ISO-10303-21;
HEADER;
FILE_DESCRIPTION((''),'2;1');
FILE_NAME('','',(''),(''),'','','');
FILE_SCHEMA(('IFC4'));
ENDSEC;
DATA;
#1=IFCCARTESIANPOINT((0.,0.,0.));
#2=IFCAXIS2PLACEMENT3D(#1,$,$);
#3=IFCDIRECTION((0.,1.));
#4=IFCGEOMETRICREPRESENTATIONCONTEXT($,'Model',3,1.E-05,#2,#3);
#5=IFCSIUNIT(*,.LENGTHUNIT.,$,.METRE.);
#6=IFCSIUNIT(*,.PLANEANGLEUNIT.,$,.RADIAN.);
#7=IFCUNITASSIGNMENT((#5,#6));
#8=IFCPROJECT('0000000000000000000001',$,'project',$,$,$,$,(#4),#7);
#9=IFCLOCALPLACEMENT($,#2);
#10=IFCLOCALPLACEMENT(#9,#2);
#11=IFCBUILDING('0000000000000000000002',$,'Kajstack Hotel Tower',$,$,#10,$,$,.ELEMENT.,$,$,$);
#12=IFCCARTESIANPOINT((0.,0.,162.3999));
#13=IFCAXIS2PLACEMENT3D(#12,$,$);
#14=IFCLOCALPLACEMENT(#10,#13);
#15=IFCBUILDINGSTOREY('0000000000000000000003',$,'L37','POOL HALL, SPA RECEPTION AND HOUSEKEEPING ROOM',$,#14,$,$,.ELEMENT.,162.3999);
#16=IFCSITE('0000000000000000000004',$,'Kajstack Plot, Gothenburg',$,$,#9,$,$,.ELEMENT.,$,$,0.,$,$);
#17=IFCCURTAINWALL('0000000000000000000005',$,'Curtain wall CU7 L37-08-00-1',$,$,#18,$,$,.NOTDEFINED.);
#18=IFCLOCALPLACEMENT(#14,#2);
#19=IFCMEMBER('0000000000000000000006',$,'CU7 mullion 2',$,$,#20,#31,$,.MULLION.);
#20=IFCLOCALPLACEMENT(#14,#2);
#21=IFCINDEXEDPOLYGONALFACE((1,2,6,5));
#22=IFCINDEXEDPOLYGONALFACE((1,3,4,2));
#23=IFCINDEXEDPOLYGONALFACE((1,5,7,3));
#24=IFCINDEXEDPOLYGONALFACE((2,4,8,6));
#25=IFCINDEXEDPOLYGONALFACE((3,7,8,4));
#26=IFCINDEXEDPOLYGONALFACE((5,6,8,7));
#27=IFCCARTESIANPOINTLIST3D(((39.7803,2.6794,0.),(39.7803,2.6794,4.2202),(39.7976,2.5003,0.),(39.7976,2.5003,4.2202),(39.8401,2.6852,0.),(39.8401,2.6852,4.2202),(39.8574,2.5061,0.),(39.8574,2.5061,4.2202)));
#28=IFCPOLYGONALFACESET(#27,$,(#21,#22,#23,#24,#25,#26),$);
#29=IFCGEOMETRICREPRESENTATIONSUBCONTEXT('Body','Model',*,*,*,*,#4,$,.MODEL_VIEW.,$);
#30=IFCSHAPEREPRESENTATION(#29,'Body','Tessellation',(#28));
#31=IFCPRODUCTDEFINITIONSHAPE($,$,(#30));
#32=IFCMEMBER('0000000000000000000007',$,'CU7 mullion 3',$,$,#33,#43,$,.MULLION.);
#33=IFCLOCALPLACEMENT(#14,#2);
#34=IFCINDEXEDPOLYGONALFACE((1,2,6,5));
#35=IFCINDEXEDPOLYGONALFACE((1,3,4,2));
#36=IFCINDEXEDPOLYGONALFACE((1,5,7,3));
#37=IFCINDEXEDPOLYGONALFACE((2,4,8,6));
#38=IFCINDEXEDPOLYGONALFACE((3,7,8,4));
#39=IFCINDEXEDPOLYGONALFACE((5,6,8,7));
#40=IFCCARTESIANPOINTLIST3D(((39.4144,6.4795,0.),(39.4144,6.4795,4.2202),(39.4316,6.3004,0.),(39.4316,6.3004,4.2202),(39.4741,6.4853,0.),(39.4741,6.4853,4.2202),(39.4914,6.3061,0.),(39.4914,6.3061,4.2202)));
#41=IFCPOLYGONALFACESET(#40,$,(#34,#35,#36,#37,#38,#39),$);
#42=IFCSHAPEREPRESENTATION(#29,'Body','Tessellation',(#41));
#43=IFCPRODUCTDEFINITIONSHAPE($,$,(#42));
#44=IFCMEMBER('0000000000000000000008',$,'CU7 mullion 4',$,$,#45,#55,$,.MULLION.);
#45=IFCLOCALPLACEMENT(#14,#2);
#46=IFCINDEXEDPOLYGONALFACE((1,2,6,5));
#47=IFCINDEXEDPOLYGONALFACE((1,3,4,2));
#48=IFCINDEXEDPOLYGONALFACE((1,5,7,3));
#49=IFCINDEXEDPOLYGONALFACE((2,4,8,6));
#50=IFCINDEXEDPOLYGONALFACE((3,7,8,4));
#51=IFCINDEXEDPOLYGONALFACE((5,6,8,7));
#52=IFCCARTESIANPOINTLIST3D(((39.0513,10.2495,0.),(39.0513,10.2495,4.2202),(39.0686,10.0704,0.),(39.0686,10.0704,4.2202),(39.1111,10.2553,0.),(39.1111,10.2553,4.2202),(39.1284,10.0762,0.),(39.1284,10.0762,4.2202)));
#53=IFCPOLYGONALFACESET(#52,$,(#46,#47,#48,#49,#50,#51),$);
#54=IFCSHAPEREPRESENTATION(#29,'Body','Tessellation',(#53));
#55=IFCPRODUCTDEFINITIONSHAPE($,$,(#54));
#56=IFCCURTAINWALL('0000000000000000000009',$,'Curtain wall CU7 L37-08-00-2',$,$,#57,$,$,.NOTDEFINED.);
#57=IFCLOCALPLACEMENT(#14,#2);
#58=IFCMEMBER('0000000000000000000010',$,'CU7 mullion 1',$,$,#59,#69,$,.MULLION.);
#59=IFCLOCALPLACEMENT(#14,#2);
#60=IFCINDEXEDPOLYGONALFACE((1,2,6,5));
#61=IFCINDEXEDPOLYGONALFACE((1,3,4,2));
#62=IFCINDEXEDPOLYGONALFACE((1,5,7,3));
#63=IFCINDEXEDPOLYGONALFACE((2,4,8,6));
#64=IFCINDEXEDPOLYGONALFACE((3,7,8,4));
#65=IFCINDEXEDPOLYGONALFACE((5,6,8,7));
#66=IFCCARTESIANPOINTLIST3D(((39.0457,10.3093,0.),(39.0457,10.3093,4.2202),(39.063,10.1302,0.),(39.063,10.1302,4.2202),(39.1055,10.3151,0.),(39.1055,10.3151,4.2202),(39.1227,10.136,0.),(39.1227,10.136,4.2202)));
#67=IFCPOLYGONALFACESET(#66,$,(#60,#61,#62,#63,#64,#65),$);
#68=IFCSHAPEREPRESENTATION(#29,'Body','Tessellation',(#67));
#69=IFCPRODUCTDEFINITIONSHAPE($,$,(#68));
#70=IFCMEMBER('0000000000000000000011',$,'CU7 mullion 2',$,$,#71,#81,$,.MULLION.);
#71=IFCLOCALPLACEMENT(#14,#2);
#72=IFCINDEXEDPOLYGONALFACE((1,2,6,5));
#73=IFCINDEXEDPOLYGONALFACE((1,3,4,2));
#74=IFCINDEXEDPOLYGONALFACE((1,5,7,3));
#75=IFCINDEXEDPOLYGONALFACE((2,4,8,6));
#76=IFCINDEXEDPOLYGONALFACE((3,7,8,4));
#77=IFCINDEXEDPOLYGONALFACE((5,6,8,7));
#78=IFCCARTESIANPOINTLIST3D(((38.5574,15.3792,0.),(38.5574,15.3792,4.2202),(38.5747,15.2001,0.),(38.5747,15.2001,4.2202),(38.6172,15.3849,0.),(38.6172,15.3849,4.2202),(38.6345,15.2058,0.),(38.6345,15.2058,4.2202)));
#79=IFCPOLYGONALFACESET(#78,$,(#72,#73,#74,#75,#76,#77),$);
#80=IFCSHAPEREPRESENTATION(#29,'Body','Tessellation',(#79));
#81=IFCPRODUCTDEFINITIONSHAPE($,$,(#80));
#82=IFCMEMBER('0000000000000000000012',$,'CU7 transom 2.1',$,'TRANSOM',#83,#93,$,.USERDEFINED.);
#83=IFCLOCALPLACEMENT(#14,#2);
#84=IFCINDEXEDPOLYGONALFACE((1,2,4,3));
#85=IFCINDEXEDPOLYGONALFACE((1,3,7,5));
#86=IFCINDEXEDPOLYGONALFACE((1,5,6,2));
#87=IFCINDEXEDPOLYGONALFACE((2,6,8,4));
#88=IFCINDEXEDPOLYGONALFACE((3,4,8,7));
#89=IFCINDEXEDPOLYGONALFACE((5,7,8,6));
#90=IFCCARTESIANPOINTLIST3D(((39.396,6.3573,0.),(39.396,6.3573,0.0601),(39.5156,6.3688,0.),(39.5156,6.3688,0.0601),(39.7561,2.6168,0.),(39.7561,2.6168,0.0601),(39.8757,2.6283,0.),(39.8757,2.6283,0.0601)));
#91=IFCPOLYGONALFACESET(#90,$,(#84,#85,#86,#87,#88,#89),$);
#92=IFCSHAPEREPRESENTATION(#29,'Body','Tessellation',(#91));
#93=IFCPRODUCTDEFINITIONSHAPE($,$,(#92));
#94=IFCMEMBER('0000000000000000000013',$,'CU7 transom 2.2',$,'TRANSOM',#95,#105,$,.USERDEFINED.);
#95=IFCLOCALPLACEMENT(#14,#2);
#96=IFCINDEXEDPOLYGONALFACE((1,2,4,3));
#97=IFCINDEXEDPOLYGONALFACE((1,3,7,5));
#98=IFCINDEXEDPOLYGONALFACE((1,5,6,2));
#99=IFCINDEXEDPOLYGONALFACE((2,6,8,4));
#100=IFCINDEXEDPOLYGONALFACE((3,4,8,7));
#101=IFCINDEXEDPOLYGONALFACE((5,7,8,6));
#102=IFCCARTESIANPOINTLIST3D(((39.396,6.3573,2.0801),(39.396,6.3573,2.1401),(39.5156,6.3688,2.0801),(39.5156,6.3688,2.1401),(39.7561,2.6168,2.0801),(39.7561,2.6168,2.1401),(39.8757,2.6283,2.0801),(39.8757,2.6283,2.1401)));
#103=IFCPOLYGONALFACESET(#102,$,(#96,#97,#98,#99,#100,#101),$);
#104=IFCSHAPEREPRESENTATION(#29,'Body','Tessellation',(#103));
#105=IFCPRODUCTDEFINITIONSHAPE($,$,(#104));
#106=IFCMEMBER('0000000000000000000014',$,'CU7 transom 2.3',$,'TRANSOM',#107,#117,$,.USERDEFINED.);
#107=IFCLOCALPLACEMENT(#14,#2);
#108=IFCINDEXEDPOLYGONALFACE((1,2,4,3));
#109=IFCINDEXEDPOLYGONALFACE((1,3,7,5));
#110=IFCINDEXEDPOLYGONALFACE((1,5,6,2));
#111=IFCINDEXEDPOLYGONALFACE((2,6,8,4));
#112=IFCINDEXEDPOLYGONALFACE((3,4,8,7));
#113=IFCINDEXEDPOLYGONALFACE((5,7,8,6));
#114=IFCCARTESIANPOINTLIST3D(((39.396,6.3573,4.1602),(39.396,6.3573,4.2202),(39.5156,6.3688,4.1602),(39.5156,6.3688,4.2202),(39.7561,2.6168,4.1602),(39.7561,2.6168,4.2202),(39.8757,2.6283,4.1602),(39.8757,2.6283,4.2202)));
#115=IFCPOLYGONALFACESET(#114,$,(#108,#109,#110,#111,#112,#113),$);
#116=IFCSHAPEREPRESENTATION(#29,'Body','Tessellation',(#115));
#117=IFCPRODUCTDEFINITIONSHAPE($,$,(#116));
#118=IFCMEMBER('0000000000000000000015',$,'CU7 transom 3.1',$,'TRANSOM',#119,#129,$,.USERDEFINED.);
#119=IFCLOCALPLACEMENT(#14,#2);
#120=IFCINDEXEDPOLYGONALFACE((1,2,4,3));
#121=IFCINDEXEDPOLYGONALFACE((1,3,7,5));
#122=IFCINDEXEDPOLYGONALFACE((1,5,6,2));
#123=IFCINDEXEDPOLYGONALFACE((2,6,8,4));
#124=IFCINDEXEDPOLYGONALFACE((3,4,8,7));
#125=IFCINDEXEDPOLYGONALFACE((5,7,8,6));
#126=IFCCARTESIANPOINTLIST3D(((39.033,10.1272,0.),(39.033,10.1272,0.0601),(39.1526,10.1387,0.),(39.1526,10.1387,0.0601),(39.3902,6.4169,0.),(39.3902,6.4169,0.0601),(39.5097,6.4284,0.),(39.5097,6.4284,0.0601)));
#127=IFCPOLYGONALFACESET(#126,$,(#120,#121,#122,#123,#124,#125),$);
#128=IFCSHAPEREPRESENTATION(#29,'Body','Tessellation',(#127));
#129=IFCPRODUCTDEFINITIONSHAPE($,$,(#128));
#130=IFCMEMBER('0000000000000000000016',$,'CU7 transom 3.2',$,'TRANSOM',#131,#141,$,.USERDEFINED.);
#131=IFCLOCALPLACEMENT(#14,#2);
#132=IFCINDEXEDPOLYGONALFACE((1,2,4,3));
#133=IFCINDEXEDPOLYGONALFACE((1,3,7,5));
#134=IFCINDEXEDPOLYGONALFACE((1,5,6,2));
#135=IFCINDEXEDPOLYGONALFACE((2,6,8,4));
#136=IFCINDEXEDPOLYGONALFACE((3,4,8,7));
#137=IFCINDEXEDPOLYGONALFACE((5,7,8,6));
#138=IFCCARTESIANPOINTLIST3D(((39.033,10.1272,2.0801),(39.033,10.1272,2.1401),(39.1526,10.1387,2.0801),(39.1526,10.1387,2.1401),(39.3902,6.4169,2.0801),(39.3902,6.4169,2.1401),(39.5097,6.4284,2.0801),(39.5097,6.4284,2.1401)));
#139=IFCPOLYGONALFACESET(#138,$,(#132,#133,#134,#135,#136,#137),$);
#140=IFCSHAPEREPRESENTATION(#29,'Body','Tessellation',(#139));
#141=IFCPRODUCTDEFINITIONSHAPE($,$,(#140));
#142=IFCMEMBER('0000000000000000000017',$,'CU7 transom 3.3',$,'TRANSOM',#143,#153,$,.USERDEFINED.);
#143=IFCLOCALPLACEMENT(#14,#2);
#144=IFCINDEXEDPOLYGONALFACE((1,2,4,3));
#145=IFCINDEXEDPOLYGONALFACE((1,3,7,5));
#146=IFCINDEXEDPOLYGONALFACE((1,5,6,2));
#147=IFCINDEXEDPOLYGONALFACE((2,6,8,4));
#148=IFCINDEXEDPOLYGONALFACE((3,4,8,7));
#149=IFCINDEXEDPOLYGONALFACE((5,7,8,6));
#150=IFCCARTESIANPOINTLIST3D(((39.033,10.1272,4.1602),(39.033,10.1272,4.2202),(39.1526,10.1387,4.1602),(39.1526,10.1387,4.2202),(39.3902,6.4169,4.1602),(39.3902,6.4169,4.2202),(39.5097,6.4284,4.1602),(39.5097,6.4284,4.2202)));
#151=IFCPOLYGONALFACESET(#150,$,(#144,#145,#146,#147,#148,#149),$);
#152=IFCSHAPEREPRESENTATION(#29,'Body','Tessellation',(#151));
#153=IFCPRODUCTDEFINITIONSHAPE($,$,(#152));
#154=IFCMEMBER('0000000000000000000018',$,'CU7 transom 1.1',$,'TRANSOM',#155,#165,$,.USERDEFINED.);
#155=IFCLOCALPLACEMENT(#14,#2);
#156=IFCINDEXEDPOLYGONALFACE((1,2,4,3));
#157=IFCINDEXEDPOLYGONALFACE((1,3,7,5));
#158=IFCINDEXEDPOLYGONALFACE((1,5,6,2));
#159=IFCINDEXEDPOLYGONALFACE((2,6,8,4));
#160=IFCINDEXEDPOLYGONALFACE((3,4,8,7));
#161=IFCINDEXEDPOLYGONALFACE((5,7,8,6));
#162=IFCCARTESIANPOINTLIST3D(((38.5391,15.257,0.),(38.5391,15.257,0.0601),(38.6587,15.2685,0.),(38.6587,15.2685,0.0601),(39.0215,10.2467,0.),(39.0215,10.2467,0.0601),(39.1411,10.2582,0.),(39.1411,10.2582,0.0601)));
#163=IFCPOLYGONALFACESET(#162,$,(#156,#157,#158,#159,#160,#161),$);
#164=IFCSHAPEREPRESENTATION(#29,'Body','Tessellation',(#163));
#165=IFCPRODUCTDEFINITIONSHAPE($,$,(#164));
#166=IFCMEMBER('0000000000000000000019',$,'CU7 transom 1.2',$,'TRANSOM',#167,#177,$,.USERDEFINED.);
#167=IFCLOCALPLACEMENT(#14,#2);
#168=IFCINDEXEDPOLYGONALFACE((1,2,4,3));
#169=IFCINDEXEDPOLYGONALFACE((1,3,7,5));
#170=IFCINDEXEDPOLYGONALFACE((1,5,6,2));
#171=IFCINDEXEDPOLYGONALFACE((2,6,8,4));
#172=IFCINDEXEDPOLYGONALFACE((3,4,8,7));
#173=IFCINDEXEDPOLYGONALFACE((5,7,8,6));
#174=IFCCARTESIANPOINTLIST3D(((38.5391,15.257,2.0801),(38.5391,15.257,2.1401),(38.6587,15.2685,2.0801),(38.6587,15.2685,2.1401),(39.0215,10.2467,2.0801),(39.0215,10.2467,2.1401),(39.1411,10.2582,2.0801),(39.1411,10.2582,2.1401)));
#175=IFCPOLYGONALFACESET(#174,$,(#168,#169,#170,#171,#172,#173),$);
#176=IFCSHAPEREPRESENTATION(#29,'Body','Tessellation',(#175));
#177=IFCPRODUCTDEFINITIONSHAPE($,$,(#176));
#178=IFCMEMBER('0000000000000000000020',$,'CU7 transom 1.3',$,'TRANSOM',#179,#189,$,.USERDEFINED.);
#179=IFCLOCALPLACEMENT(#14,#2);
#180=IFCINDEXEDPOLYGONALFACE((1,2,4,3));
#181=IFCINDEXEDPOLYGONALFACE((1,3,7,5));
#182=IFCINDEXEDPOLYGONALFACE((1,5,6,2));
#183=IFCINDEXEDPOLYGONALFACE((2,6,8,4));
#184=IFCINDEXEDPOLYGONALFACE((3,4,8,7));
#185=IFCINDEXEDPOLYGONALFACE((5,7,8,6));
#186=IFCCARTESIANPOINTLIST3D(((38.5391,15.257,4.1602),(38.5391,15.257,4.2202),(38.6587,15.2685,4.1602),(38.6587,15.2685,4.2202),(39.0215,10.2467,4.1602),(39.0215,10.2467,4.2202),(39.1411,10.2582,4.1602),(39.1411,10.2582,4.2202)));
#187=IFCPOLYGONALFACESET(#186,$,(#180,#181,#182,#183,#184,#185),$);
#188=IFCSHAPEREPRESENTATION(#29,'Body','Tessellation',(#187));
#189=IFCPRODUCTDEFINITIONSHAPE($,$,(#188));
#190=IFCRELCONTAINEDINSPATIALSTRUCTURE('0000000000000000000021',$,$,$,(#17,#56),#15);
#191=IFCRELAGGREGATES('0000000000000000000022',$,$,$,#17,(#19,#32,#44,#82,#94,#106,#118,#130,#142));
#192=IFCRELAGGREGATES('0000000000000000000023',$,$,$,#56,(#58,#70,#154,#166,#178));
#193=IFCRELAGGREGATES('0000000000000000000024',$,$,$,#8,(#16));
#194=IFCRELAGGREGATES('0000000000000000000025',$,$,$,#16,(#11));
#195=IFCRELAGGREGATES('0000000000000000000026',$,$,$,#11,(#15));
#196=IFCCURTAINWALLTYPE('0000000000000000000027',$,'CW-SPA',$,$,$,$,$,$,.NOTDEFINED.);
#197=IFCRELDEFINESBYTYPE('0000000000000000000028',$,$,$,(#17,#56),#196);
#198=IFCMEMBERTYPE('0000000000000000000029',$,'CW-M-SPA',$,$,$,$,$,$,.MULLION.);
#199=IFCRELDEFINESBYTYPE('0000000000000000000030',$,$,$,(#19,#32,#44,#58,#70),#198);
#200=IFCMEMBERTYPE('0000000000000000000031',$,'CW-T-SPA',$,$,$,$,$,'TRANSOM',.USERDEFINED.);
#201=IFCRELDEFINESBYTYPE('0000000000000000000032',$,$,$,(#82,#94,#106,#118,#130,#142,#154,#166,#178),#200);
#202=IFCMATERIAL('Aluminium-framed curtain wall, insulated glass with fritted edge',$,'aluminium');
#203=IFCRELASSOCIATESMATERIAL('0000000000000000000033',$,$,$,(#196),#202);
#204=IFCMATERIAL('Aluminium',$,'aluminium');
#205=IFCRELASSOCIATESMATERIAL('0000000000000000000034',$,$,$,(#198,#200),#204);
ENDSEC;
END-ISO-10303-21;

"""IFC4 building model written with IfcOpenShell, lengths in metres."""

from ifc_helpers import new_model, si_unit, direction, frame, origin, origin_2d, place, context, subcontext, project, spatial, rectangle, extrude, material, material_profile, profile_set, type_object, element, aggregate, save


model = new_model("IFC4")

# Units and contexts
model_context = context("Model", 3, precision=1e-05, world=origin(), true_north=direction((0.0, 1.0)))
body_context = subcontext(model_context, "Body", "Model", "MODEL_VIEW")
ifc_project = project(units=[si_unit("LENGTHUNIT", "METRE"), si_unit("PLANEANGLEUNIT", "RADIAN")], contexts=[model_context])

# Site, building, storey
site_placement = place(None, origin())
site = spatial("IfcSite", under=ifc_project, at=site_placement, Name="Kajstack Plot, Gothenburg", CompositionType="ELEMENT", RefElevation=0.0)
building_placement = place(site_placement, origin())
building = spatial("IfcBuilding", under=site, at=building_placement, Name="Kajstack Hotel Tower", CompositionType="ELEMENT")
storey_placement = place(building_placement, frame((0.0, 0.0, 162.3999)))
storey = spatial("IfcBuildingStorey", under=building, at=storey_placement, Name="L37", Description="POOL HALL, SPA RECEPTION AND HOUSEKEEPING ROOM", CompositionType="ELEMENT", Elevation=162.3999)

# Curtain walls, members
ifc_material_1 = material(Name="Aluminium-framed curtain wall, insulated glass with fritted edge", Category="aluminium")
curtain_wall_type = type_object("IfcCurtainWallType", Name="CW-SPA", PredefinedType="NOTDEFINED", material=ifc_material_1)
curtain_wall_1_placement = place(storey_placement, origin())
curtain_wall_1 = element("IfcCurtainWall", 1, at=curtain_wall_1_placement, inside=storey, type_object=curtain_wall_type, Name="Curtain wall CU7 L37-08-00-1", PredefinedType="NOTDEFINED")
ifc_material_2 = material(Name="Aluminium", Category="aluminium")
ifc_material_profile_1 = material_profile(ifc_material_2, rectangle(XDim=0.0601, YDim=0.1799, at=origin_2d()), Name="Aluminium mullion 60 x 180")
ifc_profile_set_1 = profile_set([ifc_material_profile_1], Name="Aluminium")
member_type_1 = type_object("IfcMemberType", Name="CW-M-SPA", PredefinedType="MULLION", material=ifc_profile_set_1)
member_1_placement = place(storey_placement, frame((39.8188, 2.5928, 0.0), z_axis=(0.0, 0.0, 1.0), x_axis=(-0.995396, -0.095844, 0.0)))
member_1 = element("IfcMember", 2, at=member_1_placement, type_object=member_type_1, Name="CU7 mullion 2", PredefinedType="MULLION", context=body_context, shape_type="SweptSolid", body=[
    extrude(rectangle(XDim=0.0601, YDim=0.1799, at=origin_2d()), origin(), (0.0, 0.0, 1.0), 4.2202),
])
member_2_placement = place(storey_placement, frame((39.4529, 6.3928, 0.0), z_axis=(0.0, 0.0, 1.0), x_axis=(-0.995396, -0.095844, 0.0)))
member_2 = element("IfcMember", 3, at=member_2_placement, type_object=member_type_1, Name="CU7 mullion 3", PredefinedType="MULLION", context=body_context, shape_type="SweptSolid", body=[
    extrude(rectangle(XDim=0.0601, YDim=0.1799, at=origin_2d()), origin(), (0.0, 0.0, 1.0), 4.2202),
])
member_3_placement = place(storey_placement, frame((39.0898, 10.1628, 0.0), z_axis=(0.0, 0.0, 1.0), x_axis=(-0.995396, -0.095844, 0.0)))
member_3 = element("IfcMember", 4, at=member_3_placement, type_object=member_type_1, Name="CU7 mullion 4", PredefinedType="MULLION", context=body_context, shape_type="SweptSolid", body=[
    extrude(rectangle(XDim=0.0601, YDim=0.1799, at=origin_2d()), origin(), (0.0, 0.0, 1.0), 4.2202),
])
curtain_wall_2_placement = place(storey_placement, origin())
curtain_wall_2 = element("IfcCurtainWall", 5, at=curtain_wall_2_placement, inside=storey, type_object=curtain_wall_type, Name="Curtain wall CU7 L37-08-00-2", PredefinedType="NOTDEFINED")
member_4_placement = place(storey_placement, frame((39.0842, 10.2227, 0.0), z_axis=(0.0, 0.0, 1.0), x_axis=(-0.995396, -0.095844, 0.0)))
member_4 = element("IfcMember", 6, at=member_4_placement, type_object=member_type_1, Name="CU7 mullion 1", PredefinedType="MULLION", context=body_context, shape_type="SweptSolid", body=[
    extrude(rectangle(XDim=0.0601, YDim=0.1799, at=origin_2d()), origin(), (0.0, 0.0, 1.0), 4.2202),
])
member_5_placement = place(storey_placement, frame((38.5959, 15.2925, 0.0), z_axis=(0.0, 0.0, 1.0), x_axis=(-0.995396, -0.095844, 0.0)))
member_5 = element("IfcMember", 7, at=member_5_placement, type_object=member_type_1, Name="CU7 mullion 2", PredefinedType="MULLION", context=body_context, shape_type="SweptSolid", body=[
    extrude(rectangle(XDim=0.0601, YDim=0.1799, at=origin_2d()), origin(), (0.0, 0.0, 1.0), 4.2202),
])

# Members
ifc_material_profile_2 = material_profile(ifc_material_2, rectangle(XDim=0.1201, YDim=0.0601, at=origin_2d()), Name="Aluminium transom 120 x 60")
ifc_profile_set_2 = profile_set([ifc_material_profile_2], Name="Aluminium")
member_type_2 = type_object("IfcMemberType", Name="CW-T-SPA", ElementType="TRANSOM", PredefinedType="USERDEFINED", material=ifc_profile_set_2)
member_6_placement = place(storey_placement, frame((39.8159, 2.6226, 0.03), z_axis=(-0.09583, 0.995398, 0.0), x_axis=(-0.995398, -0.09583, 0.0)))
member_6 = element("IfcMember", 8, at=member_6_placement, type_object=member_type_2, Name="CU7 transom 2.1", ObjectType="TRANSOM", PredefinedType="USERDEFINED", context=body_context, shape_type="SweptSolid", body=[
    extrude(rectangle(XDim=0.1201, YDim=0.0601, at=origin_2d()), origin(), (0.0, 0.0, 1.0), 3.7578),
])
member_7_placement = place(storey_placement, frame((39.8159, 2.6226, 2.1101), z_axis=(-0.09583, 0.995398, 0.0), x_axis=(-0.995398, -0.09583, 0.0)))
member_7 = element("IfcMember", 9, at=member_7_placement, type_object=member_type_2, Name="CU7 transom 2.2", ObjectType="TRANSOM", PredefinedType="USERDEFINED", context=body_context, shape_type="SweptSolid", body=[
    extrude(rectangle(XDim=0.1201, YDim=0.0601, at=origin_2d()), origin(), (0.0, 0.0, 1.0), 3.7578),
])
member_8_placement = place(storey_placement, frame((39.8159, 2.6226, 4.1902), z_axis=(-0.09583, 0.995398, 0.0), x_axis=(-0.995398, -0.09583, 0.0)))
member_8 = element("IfcMember", 10, at=member_8_placement, type_object=member_type_2, Name="CU7 transom 2.3", ObjectType="TRANSOM", PredefinedType="USERDEFINED", context=body_context, shape_type="SweptSolid", body=[
    extrude(rectangle(XDim=0.1201, YDim=0.0601, at=origin_2d()), origin(), (0.0, 0.0, 1.0), 3.7578),
])
member_9_placement = place(storey_placement, frame((39.45, 6.4226, 0.03), z_axis=(-0.09582, 0.995399, 0.0), x_axis=(-0.995399, -0.09582, 0.0)))
member_9 = element("IfcMember", 11, at=member_9_placement, type_object=member_type_2, Name="CU7 transom 3.1", ObjectType="TRANSOM", PredefinedType="USERDEFINED", context=body_context, shape_type="SweptSolid", body=[
    extrude(rectangle(XDim=0.1201, YDim=0.0601, at=origin_2d()), origin(), (0.0, 0.0, 1.0), 3.7275),
])
member_10_placement = place(storey_placement, frame((39.45, 6.4226, 2.1101), z_axis=(-0.09582, 0.995399, 0.0), x_axis=(-0.995399, -0.09582, 0.0)))
member_10 = element("IfcMember", 12, at=member_10_placement, type_object=member_type_2, Name="CU7 transom 3.2", ObjectType="TRANSOM", PredefinedType="USERDEFINED", context=body_context, shape_type="SweptSolid", body=[
    extrude(rectangle(XDim=0.1201, YDim=0.0601, at=origin_2d()), origin(), (0.0, 0.0, 1.0), 3.7275),
])
member_11_placement = place(storey_placement, frame((39.45, 6.4226, 4.1902), z_axis=(-0.09582, 0.995399, 0.0), x_axis=(-0.995399, -0.09582, 0.0)))
member_11 = element("IfcMember", 13, at=member_11_placement, type_object=member_type_2, Name="CU7 transom 3.3", ObjectType="TRANSOM", PredefinedType="USERDEFINED", context=body_context, shape_type="SweptSolid", body=[
    extrude(rectangle(XDim=0.1201, YDim=0.0601, at=origin_2d()), origin(), (0.0, 0.0, 1.0), 3.7275),
])
member_12_placement = place(storey_placement, frame((39.0813, 10.2524, 0.03), z_axis=(-0.095844, 0.995396, 0.0), x_axis=(-0.995396, -0.095844, 0.0)))
member_12 = element("IfcMember", 14, at=member_12_placement, type_object=member_type_2, Name="CU7 transom 1.1", ObjectType="TRANSOM", PredefinedType="USERDEFINED", context=body_context, shape_type="SweptSolid", body=[
    extrude(rectangle(XDim=0.1201, YDim=0.0601, at=origin_2d()), origin(), (0.0, 0.0, 1.0), 5.0334),
])
member_13_placement = place(storey_placement, frame((39.0813, 10.2524, 2.1101), z_axis=(-0.095844, 0.995396, 0.0), x_axis=(-0.995396, -0.095844, 0.0)))
member_13 = element("IfcMember", 15, at=member_13_placement, type_object=member_type_2, Name="CU7 transom 1.2", ObjectType="TRANSOM", PredefinedType="USERDEFINED", context=body_context, shape_type="SweptSolid", body=[
    extrude(rectangle(XDim=0.1201, YDim=0.0601, at=origin_2d()), origin(), (0.0, 0.0, 1.0), 5.0334),
])
member_14_placement = place(storey_placement, frame((39.0813, 10.2524, 4.1902), z_axis=(-0.095844, 0.995396, 0.0), x_axis=(-0.995396, -0.095844, 0.0)))
member_14 = element("IfcMember", 16, at=member_14_placement, type_object=member_type_2, Name="CU7 transom 1.3", ObjectType="TRANSOM", PredefinedType="USERDEFINED", context=body_context, shape_type="SweptSolid", body=[
    extrude(rectangle(XDim=0.1201, YDim=0.0601, at=origin_2d()), origin(), (0.0, 0.0, 1.0), 5.0334),
])

aggregate(curtain_wall_1, [member_1, member_2, member_3, member_6, member_7, member_8, member_9, member_10, member_11])
aggregate(curtain_wall_2, [member_4, member_5, member_12, member_13, member_14])

save(model, "model.ifc")
